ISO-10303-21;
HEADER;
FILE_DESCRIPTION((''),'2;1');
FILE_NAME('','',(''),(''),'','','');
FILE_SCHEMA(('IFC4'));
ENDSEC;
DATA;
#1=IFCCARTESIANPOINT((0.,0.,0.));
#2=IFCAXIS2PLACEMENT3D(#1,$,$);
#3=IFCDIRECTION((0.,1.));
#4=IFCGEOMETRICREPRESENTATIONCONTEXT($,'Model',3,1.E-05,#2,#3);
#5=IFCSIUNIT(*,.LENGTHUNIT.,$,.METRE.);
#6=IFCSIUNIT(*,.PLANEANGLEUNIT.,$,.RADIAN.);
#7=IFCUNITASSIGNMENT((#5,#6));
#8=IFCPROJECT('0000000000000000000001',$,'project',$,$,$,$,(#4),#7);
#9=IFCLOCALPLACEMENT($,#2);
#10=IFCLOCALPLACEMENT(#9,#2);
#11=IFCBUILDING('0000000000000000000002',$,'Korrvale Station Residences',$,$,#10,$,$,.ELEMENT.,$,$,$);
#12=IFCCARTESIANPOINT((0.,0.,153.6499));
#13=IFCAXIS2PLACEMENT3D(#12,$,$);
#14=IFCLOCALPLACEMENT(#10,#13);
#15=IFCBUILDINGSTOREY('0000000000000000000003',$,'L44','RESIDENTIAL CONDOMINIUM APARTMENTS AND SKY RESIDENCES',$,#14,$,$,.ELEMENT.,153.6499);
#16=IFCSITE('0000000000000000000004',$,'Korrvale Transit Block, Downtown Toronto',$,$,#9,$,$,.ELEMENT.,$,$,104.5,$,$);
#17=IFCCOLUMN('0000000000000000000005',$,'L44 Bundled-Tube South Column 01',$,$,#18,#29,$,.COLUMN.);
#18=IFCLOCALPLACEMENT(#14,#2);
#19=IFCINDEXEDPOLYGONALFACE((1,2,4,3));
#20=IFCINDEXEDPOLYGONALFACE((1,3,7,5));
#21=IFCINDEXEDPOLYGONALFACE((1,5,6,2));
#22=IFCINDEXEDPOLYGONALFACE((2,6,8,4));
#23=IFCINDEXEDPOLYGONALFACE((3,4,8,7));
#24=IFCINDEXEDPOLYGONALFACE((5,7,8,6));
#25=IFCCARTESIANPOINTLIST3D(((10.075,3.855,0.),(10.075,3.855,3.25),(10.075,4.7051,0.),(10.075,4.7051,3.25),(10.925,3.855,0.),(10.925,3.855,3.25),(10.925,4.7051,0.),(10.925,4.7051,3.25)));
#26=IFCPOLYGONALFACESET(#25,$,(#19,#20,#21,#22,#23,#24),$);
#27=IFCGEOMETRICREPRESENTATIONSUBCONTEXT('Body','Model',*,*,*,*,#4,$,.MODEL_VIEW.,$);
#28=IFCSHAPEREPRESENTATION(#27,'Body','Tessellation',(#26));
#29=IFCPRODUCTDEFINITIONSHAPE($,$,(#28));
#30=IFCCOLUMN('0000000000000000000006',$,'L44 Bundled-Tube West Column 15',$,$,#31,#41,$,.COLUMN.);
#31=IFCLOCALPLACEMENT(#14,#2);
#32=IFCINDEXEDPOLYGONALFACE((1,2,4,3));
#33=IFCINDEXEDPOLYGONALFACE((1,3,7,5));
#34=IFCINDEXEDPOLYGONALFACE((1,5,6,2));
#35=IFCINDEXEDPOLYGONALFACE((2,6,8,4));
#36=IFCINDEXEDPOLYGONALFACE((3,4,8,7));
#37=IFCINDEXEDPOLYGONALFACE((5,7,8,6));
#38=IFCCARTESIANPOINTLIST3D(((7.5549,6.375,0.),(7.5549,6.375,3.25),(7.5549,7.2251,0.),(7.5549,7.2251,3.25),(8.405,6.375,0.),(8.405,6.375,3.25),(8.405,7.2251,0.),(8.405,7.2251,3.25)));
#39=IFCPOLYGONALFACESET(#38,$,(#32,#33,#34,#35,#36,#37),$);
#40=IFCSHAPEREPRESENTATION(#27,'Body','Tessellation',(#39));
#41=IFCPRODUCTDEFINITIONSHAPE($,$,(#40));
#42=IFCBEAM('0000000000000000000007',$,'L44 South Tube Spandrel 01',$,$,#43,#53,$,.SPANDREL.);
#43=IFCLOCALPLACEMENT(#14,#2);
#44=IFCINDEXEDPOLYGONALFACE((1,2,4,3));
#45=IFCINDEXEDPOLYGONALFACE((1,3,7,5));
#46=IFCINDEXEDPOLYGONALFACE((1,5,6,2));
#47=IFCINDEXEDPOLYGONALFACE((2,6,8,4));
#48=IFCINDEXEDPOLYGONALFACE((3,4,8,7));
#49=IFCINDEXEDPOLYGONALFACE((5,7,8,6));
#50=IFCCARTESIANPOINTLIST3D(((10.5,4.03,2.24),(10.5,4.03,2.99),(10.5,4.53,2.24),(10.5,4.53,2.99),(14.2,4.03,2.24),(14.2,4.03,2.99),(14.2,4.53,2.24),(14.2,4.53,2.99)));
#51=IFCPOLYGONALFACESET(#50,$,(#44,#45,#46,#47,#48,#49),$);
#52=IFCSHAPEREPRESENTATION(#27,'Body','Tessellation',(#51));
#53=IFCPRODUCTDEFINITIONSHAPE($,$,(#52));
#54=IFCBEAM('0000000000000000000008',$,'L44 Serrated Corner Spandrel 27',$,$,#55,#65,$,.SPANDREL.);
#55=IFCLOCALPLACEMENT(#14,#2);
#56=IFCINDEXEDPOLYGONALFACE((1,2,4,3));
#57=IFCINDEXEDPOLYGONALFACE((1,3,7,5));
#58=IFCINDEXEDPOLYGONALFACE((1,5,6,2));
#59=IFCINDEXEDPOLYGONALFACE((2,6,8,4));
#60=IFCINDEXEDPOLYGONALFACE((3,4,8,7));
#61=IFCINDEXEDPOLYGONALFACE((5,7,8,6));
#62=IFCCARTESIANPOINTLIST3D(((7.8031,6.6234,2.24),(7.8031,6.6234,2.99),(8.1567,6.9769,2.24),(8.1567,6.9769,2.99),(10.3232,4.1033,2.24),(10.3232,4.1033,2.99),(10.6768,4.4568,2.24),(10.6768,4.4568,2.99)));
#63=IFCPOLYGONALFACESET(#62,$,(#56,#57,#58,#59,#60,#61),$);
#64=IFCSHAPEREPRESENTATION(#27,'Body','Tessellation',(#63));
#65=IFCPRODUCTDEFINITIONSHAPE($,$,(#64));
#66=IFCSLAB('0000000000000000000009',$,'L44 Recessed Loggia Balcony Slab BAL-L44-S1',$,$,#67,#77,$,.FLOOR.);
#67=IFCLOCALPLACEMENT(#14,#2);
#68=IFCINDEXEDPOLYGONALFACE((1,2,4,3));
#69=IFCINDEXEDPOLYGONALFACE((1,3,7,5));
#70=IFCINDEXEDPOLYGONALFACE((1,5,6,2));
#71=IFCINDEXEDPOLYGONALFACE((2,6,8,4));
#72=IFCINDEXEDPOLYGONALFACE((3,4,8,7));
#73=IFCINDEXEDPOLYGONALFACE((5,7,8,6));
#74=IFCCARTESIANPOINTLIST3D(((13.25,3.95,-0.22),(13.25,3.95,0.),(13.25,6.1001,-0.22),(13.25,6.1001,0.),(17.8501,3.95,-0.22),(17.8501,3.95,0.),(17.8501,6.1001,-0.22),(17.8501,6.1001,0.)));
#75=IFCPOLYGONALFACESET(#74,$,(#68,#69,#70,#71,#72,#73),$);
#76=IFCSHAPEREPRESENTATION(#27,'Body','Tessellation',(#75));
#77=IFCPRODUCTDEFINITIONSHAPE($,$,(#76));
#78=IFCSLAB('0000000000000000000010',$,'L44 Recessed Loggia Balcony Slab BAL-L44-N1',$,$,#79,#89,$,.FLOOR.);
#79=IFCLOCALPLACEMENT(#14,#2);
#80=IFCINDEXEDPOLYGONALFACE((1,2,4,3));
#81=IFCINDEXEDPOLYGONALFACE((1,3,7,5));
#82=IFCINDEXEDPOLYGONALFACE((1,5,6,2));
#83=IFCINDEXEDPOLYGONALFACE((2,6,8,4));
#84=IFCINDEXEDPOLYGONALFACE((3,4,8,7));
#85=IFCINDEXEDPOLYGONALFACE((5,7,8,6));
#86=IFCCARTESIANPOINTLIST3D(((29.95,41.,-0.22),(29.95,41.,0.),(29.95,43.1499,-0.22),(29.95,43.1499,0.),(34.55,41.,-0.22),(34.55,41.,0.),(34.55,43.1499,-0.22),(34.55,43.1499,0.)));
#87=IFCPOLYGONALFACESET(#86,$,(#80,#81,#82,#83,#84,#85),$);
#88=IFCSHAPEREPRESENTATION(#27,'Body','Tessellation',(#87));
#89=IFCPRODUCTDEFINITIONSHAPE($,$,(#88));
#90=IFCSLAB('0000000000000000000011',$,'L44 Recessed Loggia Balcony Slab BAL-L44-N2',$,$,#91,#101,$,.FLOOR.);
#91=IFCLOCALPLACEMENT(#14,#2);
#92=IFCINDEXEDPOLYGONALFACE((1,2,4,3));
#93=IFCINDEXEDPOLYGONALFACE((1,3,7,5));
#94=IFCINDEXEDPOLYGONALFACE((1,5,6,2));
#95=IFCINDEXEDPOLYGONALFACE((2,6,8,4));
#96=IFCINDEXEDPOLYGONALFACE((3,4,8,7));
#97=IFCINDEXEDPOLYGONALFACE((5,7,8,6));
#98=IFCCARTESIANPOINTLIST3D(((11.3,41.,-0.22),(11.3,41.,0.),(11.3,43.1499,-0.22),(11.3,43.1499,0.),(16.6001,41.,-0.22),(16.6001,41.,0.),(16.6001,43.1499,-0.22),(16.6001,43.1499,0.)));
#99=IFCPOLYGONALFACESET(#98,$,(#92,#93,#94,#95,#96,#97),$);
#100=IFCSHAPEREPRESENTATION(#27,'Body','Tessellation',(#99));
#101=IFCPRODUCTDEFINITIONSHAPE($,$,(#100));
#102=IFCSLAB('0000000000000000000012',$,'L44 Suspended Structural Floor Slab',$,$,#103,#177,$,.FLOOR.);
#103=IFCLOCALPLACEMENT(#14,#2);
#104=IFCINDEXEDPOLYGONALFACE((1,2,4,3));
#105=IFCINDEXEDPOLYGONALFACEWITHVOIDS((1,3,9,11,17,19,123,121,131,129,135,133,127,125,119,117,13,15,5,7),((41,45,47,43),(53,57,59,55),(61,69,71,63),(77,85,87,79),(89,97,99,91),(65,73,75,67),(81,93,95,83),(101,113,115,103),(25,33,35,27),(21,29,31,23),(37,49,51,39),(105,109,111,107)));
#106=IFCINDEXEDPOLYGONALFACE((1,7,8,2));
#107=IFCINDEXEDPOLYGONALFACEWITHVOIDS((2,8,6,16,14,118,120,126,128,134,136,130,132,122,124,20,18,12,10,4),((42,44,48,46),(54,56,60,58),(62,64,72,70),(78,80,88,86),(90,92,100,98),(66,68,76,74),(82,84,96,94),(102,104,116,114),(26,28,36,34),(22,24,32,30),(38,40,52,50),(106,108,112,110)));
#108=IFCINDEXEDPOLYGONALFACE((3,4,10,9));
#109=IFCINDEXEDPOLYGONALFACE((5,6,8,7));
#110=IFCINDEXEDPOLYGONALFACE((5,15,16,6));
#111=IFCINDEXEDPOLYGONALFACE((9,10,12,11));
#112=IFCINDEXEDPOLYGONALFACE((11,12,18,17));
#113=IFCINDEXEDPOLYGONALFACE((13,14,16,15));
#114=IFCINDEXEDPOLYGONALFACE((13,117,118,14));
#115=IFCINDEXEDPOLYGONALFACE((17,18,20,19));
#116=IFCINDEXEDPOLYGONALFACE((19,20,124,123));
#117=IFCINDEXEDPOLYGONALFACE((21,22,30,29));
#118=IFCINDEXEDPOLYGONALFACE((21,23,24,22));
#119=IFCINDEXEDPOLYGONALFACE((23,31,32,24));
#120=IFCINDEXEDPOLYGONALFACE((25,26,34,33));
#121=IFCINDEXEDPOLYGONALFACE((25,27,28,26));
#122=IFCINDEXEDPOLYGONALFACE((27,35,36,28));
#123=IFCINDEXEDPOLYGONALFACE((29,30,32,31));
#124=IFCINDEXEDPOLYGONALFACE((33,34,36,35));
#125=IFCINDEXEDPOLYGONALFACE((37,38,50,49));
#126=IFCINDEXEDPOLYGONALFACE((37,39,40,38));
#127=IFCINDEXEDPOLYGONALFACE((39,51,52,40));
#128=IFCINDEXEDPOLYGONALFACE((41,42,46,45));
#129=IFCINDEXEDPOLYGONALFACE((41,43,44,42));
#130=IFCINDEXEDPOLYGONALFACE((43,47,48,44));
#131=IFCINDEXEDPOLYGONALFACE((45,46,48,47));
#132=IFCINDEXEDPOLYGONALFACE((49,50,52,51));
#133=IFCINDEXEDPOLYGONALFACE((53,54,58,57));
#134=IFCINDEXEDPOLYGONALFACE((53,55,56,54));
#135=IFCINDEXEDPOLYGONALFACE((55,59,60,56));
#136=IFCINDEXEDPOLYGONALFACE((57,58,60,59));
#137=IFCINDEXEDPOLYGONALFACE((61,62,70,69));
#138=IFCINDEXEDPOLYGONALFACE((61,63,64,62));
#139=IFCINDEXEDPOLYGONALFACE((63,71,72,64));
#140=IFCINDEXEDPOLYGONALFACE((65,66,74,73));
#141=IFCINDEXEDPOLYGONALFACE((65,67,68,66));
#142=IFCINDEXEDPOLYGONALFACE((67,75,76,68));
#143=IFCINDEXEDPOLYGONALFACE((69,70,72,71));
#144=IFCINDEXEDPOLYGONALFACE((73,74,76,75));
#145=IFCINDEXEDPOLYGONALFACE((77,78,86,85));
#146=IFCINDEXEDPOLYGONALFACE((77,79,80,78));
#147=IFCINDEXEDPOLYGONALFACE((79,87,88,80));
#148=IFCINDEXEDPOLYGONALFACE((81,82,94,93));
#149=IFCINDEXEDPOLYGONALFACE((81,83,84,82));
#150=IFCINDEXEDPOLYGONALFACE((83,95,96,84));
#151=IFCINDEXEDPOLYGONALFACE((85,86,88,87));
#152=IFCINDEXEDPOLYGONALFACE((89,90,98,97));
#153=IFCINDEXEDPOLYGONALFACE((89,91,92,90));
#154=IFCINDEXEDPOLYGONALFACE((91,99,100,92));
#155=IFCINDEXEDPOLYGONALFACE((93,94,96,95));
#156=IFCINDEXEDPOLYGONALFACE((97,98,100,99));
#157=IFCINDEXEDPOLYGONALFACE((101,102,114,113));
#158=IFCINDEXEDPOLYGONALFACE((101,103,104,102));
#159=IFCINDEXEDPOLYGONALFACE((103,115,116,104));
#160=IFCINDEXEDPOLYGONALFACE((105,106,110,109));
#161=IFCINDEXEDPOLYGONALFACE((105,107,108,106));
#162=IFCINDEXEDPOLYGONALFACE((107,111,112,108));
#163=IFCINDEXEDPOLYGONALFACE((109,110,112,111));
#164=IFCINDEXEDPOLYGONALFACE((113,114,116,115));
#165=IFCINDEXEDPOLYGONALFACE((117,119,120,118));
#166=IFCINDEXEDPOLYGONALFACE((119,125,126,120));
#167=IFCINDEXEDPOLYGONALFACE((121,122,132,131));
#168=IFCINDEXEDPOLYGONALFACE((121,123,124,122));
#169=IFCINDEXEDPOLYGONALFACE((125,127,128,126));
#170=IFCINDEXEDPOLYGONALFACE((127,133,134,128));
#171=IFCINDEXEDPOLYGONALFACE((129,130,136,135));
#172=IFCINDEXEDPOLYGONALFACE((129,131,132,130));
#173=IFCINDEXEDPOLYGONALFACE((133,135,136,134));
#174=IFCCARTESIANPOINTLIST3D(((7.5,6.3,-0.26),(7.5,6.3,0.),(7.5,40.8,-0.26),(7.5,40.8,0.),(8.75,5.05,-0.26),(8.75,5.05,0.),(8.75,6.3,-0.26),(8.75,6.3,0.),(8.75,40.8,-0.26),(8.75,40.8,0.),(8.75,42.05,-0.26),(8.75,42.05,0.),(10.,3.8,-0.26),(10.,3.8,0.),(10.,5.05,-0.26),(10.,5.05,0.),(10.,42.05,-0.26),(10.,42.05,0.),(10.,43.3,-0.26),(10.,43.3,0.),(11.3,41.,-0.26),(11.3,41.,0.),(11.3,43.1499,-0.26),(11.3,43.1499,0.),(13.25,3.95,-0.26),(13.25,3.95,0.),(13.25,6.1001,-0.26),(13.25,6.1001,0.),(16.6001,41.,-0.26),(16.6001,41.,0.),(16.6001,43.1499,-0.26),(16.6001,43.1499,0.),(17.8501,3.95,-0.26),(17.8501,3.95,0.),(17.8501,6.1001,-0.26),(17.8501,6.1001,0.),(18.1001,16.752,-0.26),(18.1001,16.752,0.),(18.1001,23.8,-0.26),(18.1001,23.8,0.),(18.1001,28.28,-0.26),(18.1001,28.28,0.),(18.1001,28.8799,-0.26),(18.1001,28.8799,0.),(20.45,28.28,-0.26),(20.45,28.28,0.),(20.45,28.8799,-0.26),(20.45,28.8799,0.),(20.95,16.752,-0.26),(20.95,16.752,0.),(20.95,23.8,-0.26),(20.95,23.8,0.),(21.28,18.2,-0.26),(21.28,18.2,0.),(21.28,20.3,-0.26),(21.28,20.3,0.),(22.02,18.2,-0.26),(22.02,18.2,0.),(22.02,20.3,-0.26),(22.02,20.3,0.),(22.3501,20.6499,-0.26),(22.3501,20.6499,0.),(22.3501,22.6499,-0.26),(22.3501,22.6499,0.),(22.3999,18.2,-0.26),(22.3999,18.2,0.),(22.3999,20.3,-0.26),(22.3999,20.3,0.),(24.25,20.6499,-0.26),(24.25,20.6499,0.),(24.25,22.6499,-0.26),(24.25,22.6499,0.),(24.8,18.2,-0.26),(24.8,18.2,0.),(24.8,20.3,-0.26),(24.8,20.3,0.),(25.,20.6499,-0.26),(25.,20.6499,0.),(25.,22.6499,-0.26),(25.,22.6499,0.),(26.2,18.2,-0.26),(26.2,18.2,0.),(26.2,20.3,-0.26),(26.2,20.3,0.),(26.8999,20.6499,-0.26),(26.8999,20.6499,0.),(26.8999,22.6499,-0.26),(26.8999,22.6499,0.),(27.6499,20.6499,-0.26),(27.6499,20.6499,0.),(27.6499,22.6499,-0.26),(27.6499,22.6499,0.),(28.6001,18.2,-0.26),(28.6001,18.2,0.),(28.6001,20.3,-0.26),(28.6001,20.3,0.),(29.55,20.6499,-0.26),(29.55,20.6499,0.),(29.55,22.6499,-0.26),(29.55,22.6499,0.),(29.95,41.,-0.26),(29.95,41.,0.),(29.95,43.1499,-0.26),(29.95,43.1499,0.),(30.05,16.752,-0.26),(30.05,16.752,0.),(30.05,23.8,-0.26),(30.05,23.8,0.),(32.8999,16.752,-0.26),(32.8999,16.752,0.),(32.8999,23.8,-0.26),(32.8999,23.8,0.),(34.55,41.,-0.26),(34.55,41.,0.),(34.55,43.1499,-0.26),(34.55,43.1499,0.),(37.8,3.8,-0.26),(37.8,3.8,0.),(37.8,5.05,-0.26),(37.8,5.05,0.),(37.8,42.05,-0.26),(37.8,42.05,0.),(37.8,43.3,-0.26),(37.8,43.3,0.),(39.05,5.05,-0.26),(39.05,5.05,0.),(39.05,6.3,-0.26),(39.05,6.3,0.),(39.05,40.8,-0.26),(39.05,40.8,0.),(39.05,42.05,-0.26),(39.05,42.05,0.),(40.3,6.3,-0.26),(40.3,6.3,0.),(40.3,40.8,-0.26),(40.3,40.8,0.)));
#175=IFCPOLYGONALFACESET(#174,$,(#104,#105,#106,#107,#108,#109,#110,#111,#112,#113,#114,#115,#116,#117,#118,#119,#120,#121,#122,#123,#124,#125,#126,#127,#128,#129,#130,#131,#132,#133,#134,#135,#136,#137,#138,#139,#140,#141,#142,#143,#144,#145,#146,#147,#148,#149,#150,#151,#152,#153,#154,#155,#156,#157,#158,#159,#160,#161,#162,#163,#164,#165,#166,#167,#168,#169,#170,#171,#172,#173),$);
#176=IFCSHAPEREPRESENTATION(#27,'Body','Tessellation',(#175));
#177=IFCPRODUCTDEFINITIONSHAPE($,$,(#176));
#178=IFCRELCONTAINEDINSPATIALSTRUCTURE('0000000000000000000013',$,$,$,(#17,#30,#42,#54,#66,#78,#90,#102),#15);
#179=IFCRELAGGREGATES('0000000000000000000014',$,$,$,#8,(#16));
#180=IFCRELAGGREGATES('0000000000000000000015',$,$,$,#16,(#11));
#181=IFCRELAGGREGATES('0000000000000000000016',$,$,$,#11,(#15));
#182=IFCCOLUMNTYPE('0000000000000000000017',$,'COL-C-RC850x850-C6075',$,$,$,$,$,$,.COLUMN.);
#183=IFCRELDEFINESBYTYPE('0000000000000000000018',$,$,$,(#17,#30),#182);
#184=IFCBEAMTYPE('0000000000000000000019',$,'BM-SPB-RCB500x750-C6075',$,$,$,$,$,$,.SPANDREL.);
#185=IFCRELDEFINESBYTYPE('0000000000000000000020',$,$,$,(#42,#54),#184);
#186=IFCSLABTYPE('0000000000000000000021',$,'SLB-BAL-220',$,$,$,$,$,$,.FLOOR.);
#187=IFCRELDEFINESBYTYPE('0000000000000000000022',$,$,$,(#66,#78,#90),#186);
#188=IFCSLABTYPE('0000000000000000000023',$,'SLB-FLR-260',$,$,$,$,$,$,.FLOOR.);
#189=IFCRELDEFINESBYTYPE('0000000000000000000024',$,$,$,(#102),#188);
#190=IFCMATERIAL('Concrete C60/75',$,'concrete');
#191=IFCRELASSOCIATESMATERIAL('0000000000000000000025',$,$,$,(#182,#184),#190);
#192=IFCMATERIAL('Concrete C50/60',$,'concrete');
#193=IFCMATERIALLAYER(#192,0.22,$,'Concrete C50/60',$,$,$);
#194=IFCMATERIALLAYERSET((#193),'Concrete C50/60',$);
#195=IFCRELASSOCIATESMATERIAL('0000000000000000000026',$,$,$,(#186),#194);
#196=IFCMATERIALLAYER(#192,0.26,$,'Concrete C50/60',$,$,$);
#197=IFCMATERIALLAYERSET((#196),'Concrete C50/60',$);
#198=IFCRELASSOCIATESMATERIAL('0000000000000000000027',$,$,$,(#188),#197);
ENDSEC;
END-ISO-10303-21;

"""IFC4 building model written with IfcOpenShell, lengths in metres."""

from ifc_helpers import new_model, si_unit, direction, frame, origin, origin_2d, place, context, subcontext, project, spatial, polyline, rectangle, outline, extrude, material, layer, layer_set, material_profile, profile_set, type_object, element, save


model = new_model("IFC4")

# Units and contexts
model_context = context("Model", 3, precision=1e-05, world=origin(), true_north=direction((0.0, 1.0)))
body_context = subcontext(model_context, "Body", "Model", "MODEL_VIEW")
ifc_project = project(units=[si_unit("LENGTHUNIT", "METRE"), si_unit("PLANEANGLEUNIT", "RADIAN")], contexts=[model_context])

# Site, building, storey
site_placement = place(None, origin())
site = spatial("IfcSite", under=ifc_project, at=site_placement, Name="Korrvale Transit Block, Downtown Toronto", CompositionType="ELEMENT", RefElevation=104.5)
building_placement = place(site_placement, origin())
building = spatial("IfcBuilding", under=site, at=building_placement, Name="Korrvale Station Residences", CompositionType="ELEMENT")
storey_placement = place(building_placement, frame((0.0, 0.0, 153.6499)))
storey = spatial("IfcBuildingStorey", under=building, at=storey_placement, Name="L44", Description="RESIDENTIAL CONDOMINIUM APARTMENTS AND SKY RESIDENCES", CompositionType="ELEMENT", Elevation=153.6499)

# Columns
ifc_material_1 = material(Name="Concrete C60/75", Category="concrete")
ifc_material_profile_1 = material_profile(ifc_material_1, rectangle(XDim=0.8501, YDim=0.8501, at=origin_2d()), Name="RC850x850")
ifc_profile_set_1 = profile_set([ifc_material_profile_1], Name="Concrete C60/75")
column_type = type_object("IfcColumnType", Name="COL-C-RC850x850-C6075", PredefinedType="COLUMN", material=ifc_profile_set_1)
for number, where, z_axis, x_axis, name in (
    (1, (10.5, 4.28, 0.0), (0.0, 0.0, 1.0), (1.0, 0.0, 0.0), "L44 Bundled-Tube South Column 01"),
    (2, (7.98, 6.8, 0.0), (0.0, 0.0, 1.0), (1.0, 0.0, 0.0), "L44 Bundled-Tube West Column 15"),
):
    element("IfcColumn", number, at=place(storey_placement, frame(where, z_axis=z_axis, x_axis=x_axis)), inside=storey, type_object=column_type, Name=name, PredefinedType="COLUMN", context=body_context, shape_type="SweptSolid", body=[
        extrude(rectangle(XDim=0.8501, YDim=0.8501, at=origin_2d()), origin(), (0.0, 0.0, 1.0), 3.25),
    ])

# Beams
ifc_material_profile_2 = material_profile(ifc_material_1, rectangle(XDim=0.5, YDim=0.75, at=origin_2d()), Name="RCB500x750")
ifc_profile_set_2 = profile_set([ifc_material_profile_2], Name="Concrete C60/75")
beam_type = type_object("IfcBeamType", Name="BM-SPB-RCB500x750-C6075", PredefinedType="SPANDREL", material=ifc_profile_set_2)
beam_1_placement = place(storey_placement, frame((10.5, 4.28, 2.615), z_axis=(1.0, 0.0, 0.0), x_axis=(0.0, 1.0, 0.0)))
element("IfcBeam", 3, at=beam_1_placement, inside=storey, type_object=beam_type, Name="L44 South Tube Spandrel 01", PredefinedType="SPANDREL", context=body_context, shape_type="SweptSolid", body=[
    extrude(rectangle(XDim=0.5, YDim=0.75, at=origin_2d()), origin(), (0.0, 0.0, 1.0), 3.7),
])
beam_2_placement = place(storey_placement, frame((10.5, 4.28, 2.615), z_axis=(-0.707107, 0.707107, 0.0), x_axis=(-0.707107, -0.707107, 0.0)))
element("IfcBeam", 4, at=beam_2_placement, inside=storey, type_object=beam_type, Name="L44 Serrated Corner Spandrel 27", PredefinedType="SPANDREL", context=body_context, shape_type="SweptSolid", body=[
    extrude(rectangle(XDim=0.5, YDim=0.75, at=origin_2d()), origin(), (0.0, 0.0, 1.0), 3.564),
])

# Slabs
ifc_material_2 = material(Name="Concrete C50/60", Category="concrete")
ifc_layer_1 = layer(ifc_material_2, 0.22, Name="Concrete C50/60")
ifc_layer_set_1 = layer_set([ifc_layer_1], Name="Concrete C50/60")
slab_type_1 = type_object("IfcSlabType", Name="SLB-BAL-220", PredefinedType="FLOOR", material=ifc_layer_set_1)
slab_1_placement = place(storey_placement, frame((0.0, 0.0, -0.22)))
element("IfcSlab", 5, at=slab_1_placement, inside=storey, type_object=slab_type_1, Name="L44 Recessed Loggia Balcony Slab BAL-L44-S1", PredefinedType="FLOOR", context=body_context, shape_type="SweptSolid", body=[
    extrude(outline(polyline([(13.25, 3.95), (17.8501, 3.95), (17.8501, 6.1001), (13.25, 6.1001), (13.25, 3.95)])), origin(), (0.0, 0.0, 1.0), 0.22),
])
slab_2_placement = place(storey_placement, frame((0.0, 0.0, -0.22)))
element("IfcSlab", 6, at=slab_2_placement, inside=storey, type_object=slab_type_1, Name="L44 Recessed Loggia Balcony Slab BAL-L44-N1", PredefinedType="FLOOR", context=body_context, shape_type="SweptSolid", body=[
    extrude(outline(polyline([(29.95, 41.0), (34.55, 41.0), (34.55, 43.1499), (29.95, 43.1499), (29.95, 41.0)])), origin(), (0.0, 0.0, 1.0), 0.22),
])
slab_3_placement = place(storey_placement, frame((0.0, 0.0, -0.22)))
element("IfcSlab", 7, at=slab_3_placement, inside=storey, type_object=slab_type_1, Name="L44 Recessed Loggia Balcony Slab BAL-L44-N2", PredefinedType="FLOOR", context=body_context, shape_type="SweptSolid", body=[
    extrude(outline(polyline([(11.3, 41.0), (16.6001, 41.0), (16.6001, 43.1499), (11.3, 43.1499), (11.3, 41.0)])), origin(), (0.0, 0.0, 1.0), 0.22),
])
ifc_layer_2 = layer(ifc_material_2, 0.26, Name="Concrete C50/60")
ifc_layer_set_2 = layer_set([ifc_layer_2], Name="Concrete C50/60")
slab_type_2 = type_object("IfcSlabType", Name="SLB-FLR-260", PredefinedType="FLOOR", material=ifc_layer_set_2)
slab_4_placement = place(storey_placement, frame((0.0, 0.0, -0.26)))
element("IfcSlab", 8, at=slab_4_placement, inside=storey, type_object=slab_type_2, Name="L44 Suspended Structural Floor Slab", PredefinedType="FLOOR", context=body_context, shape_type="SweptSolid", body=[
    extrude(outline(polyline([(10.0, 3.8), (37.8, 3.8), (37.8, 5.05), (39.05, 5.05), (39.05, 6.3), (40.3, 6.3), (40.3, 40.8), (39.05, 40.8), (39.05, 42.05), (37.8, 42.05), (37.8, 43.3), (10.0, 43.3), (10.0, 42.05), (8.75, 42.05), (8.75, 40.8), (7.5, 40.8), (7.5, 6.3), (8.75, 6.3), (8.75, 5.05), (10.0, 5.05), (10.0, 3.8)]), holes=[polyline([(20.95, 16.752), (20.95, 23.8), (18.1001, 23.8), (18.1001, 16.752), (20.95, 16.752)]), polyline([(32.8999, 16.752), (32.8999, 23.8), (30.05, 23.8), (30.05, 16.752), (32.8999, 16.752)]), polyline([(22.3501, 20.6499), (24.25, 20.6499), (24.25, 22.6499), (22.3501, 22.6499), (22.3501, 20.6499)]), polyline([(25.0, 20.6499), (26.8999, 20.6499), (26.8999, 22.6499), (25.0, 22.6499), (25.0, 20.6499)]), polyline([(27.6499, 20.6499), (29.55, 20.6499), (29.55, 22.6499), (27.6499, 22.6499), (27.6499, 20.6499)]), polyline([(22.3999, 18.2), (24.8, 18.2), (24.8, 20.3), (22.3999, 20.3), (22.3999, 18.2)]), polyline([(26.2, 18.2), (28.6001, 18.2), (28.6001, 20.3), (26.2, 20.3), (26.2, 18.2)]), polyline([(18.1001, 28.28), (20.45, 28.28), (20.45, 28.8799), (18.1001, 28.8799), (18.1001, 28.28)]), polyline([(21.28, 18.2), (22.02, 18.2), (22.02, 20.3), (21.28, 20.3), (21.28, 18.2)]), polyline([(13.25, 3.95), (17.8501, 3.95), (17.8501, 6.1001), (13.25, 6.1001), (13.25, 3.95)]), polyline([(29.95, 41.0), (34.55, 41.0), (34.55, 43.1499), (29.95, 43.1499), (29.95, 41.0)]), polyline([(11.3, 41.0), (16.6001, 41.0), (16.6001, 43.1499), (11.3, 43.1499), (11.3, 41.0)])]), origin(), (0.0, 0.0, 1.0), 0.26),
])

save(model, "model.ifc")
